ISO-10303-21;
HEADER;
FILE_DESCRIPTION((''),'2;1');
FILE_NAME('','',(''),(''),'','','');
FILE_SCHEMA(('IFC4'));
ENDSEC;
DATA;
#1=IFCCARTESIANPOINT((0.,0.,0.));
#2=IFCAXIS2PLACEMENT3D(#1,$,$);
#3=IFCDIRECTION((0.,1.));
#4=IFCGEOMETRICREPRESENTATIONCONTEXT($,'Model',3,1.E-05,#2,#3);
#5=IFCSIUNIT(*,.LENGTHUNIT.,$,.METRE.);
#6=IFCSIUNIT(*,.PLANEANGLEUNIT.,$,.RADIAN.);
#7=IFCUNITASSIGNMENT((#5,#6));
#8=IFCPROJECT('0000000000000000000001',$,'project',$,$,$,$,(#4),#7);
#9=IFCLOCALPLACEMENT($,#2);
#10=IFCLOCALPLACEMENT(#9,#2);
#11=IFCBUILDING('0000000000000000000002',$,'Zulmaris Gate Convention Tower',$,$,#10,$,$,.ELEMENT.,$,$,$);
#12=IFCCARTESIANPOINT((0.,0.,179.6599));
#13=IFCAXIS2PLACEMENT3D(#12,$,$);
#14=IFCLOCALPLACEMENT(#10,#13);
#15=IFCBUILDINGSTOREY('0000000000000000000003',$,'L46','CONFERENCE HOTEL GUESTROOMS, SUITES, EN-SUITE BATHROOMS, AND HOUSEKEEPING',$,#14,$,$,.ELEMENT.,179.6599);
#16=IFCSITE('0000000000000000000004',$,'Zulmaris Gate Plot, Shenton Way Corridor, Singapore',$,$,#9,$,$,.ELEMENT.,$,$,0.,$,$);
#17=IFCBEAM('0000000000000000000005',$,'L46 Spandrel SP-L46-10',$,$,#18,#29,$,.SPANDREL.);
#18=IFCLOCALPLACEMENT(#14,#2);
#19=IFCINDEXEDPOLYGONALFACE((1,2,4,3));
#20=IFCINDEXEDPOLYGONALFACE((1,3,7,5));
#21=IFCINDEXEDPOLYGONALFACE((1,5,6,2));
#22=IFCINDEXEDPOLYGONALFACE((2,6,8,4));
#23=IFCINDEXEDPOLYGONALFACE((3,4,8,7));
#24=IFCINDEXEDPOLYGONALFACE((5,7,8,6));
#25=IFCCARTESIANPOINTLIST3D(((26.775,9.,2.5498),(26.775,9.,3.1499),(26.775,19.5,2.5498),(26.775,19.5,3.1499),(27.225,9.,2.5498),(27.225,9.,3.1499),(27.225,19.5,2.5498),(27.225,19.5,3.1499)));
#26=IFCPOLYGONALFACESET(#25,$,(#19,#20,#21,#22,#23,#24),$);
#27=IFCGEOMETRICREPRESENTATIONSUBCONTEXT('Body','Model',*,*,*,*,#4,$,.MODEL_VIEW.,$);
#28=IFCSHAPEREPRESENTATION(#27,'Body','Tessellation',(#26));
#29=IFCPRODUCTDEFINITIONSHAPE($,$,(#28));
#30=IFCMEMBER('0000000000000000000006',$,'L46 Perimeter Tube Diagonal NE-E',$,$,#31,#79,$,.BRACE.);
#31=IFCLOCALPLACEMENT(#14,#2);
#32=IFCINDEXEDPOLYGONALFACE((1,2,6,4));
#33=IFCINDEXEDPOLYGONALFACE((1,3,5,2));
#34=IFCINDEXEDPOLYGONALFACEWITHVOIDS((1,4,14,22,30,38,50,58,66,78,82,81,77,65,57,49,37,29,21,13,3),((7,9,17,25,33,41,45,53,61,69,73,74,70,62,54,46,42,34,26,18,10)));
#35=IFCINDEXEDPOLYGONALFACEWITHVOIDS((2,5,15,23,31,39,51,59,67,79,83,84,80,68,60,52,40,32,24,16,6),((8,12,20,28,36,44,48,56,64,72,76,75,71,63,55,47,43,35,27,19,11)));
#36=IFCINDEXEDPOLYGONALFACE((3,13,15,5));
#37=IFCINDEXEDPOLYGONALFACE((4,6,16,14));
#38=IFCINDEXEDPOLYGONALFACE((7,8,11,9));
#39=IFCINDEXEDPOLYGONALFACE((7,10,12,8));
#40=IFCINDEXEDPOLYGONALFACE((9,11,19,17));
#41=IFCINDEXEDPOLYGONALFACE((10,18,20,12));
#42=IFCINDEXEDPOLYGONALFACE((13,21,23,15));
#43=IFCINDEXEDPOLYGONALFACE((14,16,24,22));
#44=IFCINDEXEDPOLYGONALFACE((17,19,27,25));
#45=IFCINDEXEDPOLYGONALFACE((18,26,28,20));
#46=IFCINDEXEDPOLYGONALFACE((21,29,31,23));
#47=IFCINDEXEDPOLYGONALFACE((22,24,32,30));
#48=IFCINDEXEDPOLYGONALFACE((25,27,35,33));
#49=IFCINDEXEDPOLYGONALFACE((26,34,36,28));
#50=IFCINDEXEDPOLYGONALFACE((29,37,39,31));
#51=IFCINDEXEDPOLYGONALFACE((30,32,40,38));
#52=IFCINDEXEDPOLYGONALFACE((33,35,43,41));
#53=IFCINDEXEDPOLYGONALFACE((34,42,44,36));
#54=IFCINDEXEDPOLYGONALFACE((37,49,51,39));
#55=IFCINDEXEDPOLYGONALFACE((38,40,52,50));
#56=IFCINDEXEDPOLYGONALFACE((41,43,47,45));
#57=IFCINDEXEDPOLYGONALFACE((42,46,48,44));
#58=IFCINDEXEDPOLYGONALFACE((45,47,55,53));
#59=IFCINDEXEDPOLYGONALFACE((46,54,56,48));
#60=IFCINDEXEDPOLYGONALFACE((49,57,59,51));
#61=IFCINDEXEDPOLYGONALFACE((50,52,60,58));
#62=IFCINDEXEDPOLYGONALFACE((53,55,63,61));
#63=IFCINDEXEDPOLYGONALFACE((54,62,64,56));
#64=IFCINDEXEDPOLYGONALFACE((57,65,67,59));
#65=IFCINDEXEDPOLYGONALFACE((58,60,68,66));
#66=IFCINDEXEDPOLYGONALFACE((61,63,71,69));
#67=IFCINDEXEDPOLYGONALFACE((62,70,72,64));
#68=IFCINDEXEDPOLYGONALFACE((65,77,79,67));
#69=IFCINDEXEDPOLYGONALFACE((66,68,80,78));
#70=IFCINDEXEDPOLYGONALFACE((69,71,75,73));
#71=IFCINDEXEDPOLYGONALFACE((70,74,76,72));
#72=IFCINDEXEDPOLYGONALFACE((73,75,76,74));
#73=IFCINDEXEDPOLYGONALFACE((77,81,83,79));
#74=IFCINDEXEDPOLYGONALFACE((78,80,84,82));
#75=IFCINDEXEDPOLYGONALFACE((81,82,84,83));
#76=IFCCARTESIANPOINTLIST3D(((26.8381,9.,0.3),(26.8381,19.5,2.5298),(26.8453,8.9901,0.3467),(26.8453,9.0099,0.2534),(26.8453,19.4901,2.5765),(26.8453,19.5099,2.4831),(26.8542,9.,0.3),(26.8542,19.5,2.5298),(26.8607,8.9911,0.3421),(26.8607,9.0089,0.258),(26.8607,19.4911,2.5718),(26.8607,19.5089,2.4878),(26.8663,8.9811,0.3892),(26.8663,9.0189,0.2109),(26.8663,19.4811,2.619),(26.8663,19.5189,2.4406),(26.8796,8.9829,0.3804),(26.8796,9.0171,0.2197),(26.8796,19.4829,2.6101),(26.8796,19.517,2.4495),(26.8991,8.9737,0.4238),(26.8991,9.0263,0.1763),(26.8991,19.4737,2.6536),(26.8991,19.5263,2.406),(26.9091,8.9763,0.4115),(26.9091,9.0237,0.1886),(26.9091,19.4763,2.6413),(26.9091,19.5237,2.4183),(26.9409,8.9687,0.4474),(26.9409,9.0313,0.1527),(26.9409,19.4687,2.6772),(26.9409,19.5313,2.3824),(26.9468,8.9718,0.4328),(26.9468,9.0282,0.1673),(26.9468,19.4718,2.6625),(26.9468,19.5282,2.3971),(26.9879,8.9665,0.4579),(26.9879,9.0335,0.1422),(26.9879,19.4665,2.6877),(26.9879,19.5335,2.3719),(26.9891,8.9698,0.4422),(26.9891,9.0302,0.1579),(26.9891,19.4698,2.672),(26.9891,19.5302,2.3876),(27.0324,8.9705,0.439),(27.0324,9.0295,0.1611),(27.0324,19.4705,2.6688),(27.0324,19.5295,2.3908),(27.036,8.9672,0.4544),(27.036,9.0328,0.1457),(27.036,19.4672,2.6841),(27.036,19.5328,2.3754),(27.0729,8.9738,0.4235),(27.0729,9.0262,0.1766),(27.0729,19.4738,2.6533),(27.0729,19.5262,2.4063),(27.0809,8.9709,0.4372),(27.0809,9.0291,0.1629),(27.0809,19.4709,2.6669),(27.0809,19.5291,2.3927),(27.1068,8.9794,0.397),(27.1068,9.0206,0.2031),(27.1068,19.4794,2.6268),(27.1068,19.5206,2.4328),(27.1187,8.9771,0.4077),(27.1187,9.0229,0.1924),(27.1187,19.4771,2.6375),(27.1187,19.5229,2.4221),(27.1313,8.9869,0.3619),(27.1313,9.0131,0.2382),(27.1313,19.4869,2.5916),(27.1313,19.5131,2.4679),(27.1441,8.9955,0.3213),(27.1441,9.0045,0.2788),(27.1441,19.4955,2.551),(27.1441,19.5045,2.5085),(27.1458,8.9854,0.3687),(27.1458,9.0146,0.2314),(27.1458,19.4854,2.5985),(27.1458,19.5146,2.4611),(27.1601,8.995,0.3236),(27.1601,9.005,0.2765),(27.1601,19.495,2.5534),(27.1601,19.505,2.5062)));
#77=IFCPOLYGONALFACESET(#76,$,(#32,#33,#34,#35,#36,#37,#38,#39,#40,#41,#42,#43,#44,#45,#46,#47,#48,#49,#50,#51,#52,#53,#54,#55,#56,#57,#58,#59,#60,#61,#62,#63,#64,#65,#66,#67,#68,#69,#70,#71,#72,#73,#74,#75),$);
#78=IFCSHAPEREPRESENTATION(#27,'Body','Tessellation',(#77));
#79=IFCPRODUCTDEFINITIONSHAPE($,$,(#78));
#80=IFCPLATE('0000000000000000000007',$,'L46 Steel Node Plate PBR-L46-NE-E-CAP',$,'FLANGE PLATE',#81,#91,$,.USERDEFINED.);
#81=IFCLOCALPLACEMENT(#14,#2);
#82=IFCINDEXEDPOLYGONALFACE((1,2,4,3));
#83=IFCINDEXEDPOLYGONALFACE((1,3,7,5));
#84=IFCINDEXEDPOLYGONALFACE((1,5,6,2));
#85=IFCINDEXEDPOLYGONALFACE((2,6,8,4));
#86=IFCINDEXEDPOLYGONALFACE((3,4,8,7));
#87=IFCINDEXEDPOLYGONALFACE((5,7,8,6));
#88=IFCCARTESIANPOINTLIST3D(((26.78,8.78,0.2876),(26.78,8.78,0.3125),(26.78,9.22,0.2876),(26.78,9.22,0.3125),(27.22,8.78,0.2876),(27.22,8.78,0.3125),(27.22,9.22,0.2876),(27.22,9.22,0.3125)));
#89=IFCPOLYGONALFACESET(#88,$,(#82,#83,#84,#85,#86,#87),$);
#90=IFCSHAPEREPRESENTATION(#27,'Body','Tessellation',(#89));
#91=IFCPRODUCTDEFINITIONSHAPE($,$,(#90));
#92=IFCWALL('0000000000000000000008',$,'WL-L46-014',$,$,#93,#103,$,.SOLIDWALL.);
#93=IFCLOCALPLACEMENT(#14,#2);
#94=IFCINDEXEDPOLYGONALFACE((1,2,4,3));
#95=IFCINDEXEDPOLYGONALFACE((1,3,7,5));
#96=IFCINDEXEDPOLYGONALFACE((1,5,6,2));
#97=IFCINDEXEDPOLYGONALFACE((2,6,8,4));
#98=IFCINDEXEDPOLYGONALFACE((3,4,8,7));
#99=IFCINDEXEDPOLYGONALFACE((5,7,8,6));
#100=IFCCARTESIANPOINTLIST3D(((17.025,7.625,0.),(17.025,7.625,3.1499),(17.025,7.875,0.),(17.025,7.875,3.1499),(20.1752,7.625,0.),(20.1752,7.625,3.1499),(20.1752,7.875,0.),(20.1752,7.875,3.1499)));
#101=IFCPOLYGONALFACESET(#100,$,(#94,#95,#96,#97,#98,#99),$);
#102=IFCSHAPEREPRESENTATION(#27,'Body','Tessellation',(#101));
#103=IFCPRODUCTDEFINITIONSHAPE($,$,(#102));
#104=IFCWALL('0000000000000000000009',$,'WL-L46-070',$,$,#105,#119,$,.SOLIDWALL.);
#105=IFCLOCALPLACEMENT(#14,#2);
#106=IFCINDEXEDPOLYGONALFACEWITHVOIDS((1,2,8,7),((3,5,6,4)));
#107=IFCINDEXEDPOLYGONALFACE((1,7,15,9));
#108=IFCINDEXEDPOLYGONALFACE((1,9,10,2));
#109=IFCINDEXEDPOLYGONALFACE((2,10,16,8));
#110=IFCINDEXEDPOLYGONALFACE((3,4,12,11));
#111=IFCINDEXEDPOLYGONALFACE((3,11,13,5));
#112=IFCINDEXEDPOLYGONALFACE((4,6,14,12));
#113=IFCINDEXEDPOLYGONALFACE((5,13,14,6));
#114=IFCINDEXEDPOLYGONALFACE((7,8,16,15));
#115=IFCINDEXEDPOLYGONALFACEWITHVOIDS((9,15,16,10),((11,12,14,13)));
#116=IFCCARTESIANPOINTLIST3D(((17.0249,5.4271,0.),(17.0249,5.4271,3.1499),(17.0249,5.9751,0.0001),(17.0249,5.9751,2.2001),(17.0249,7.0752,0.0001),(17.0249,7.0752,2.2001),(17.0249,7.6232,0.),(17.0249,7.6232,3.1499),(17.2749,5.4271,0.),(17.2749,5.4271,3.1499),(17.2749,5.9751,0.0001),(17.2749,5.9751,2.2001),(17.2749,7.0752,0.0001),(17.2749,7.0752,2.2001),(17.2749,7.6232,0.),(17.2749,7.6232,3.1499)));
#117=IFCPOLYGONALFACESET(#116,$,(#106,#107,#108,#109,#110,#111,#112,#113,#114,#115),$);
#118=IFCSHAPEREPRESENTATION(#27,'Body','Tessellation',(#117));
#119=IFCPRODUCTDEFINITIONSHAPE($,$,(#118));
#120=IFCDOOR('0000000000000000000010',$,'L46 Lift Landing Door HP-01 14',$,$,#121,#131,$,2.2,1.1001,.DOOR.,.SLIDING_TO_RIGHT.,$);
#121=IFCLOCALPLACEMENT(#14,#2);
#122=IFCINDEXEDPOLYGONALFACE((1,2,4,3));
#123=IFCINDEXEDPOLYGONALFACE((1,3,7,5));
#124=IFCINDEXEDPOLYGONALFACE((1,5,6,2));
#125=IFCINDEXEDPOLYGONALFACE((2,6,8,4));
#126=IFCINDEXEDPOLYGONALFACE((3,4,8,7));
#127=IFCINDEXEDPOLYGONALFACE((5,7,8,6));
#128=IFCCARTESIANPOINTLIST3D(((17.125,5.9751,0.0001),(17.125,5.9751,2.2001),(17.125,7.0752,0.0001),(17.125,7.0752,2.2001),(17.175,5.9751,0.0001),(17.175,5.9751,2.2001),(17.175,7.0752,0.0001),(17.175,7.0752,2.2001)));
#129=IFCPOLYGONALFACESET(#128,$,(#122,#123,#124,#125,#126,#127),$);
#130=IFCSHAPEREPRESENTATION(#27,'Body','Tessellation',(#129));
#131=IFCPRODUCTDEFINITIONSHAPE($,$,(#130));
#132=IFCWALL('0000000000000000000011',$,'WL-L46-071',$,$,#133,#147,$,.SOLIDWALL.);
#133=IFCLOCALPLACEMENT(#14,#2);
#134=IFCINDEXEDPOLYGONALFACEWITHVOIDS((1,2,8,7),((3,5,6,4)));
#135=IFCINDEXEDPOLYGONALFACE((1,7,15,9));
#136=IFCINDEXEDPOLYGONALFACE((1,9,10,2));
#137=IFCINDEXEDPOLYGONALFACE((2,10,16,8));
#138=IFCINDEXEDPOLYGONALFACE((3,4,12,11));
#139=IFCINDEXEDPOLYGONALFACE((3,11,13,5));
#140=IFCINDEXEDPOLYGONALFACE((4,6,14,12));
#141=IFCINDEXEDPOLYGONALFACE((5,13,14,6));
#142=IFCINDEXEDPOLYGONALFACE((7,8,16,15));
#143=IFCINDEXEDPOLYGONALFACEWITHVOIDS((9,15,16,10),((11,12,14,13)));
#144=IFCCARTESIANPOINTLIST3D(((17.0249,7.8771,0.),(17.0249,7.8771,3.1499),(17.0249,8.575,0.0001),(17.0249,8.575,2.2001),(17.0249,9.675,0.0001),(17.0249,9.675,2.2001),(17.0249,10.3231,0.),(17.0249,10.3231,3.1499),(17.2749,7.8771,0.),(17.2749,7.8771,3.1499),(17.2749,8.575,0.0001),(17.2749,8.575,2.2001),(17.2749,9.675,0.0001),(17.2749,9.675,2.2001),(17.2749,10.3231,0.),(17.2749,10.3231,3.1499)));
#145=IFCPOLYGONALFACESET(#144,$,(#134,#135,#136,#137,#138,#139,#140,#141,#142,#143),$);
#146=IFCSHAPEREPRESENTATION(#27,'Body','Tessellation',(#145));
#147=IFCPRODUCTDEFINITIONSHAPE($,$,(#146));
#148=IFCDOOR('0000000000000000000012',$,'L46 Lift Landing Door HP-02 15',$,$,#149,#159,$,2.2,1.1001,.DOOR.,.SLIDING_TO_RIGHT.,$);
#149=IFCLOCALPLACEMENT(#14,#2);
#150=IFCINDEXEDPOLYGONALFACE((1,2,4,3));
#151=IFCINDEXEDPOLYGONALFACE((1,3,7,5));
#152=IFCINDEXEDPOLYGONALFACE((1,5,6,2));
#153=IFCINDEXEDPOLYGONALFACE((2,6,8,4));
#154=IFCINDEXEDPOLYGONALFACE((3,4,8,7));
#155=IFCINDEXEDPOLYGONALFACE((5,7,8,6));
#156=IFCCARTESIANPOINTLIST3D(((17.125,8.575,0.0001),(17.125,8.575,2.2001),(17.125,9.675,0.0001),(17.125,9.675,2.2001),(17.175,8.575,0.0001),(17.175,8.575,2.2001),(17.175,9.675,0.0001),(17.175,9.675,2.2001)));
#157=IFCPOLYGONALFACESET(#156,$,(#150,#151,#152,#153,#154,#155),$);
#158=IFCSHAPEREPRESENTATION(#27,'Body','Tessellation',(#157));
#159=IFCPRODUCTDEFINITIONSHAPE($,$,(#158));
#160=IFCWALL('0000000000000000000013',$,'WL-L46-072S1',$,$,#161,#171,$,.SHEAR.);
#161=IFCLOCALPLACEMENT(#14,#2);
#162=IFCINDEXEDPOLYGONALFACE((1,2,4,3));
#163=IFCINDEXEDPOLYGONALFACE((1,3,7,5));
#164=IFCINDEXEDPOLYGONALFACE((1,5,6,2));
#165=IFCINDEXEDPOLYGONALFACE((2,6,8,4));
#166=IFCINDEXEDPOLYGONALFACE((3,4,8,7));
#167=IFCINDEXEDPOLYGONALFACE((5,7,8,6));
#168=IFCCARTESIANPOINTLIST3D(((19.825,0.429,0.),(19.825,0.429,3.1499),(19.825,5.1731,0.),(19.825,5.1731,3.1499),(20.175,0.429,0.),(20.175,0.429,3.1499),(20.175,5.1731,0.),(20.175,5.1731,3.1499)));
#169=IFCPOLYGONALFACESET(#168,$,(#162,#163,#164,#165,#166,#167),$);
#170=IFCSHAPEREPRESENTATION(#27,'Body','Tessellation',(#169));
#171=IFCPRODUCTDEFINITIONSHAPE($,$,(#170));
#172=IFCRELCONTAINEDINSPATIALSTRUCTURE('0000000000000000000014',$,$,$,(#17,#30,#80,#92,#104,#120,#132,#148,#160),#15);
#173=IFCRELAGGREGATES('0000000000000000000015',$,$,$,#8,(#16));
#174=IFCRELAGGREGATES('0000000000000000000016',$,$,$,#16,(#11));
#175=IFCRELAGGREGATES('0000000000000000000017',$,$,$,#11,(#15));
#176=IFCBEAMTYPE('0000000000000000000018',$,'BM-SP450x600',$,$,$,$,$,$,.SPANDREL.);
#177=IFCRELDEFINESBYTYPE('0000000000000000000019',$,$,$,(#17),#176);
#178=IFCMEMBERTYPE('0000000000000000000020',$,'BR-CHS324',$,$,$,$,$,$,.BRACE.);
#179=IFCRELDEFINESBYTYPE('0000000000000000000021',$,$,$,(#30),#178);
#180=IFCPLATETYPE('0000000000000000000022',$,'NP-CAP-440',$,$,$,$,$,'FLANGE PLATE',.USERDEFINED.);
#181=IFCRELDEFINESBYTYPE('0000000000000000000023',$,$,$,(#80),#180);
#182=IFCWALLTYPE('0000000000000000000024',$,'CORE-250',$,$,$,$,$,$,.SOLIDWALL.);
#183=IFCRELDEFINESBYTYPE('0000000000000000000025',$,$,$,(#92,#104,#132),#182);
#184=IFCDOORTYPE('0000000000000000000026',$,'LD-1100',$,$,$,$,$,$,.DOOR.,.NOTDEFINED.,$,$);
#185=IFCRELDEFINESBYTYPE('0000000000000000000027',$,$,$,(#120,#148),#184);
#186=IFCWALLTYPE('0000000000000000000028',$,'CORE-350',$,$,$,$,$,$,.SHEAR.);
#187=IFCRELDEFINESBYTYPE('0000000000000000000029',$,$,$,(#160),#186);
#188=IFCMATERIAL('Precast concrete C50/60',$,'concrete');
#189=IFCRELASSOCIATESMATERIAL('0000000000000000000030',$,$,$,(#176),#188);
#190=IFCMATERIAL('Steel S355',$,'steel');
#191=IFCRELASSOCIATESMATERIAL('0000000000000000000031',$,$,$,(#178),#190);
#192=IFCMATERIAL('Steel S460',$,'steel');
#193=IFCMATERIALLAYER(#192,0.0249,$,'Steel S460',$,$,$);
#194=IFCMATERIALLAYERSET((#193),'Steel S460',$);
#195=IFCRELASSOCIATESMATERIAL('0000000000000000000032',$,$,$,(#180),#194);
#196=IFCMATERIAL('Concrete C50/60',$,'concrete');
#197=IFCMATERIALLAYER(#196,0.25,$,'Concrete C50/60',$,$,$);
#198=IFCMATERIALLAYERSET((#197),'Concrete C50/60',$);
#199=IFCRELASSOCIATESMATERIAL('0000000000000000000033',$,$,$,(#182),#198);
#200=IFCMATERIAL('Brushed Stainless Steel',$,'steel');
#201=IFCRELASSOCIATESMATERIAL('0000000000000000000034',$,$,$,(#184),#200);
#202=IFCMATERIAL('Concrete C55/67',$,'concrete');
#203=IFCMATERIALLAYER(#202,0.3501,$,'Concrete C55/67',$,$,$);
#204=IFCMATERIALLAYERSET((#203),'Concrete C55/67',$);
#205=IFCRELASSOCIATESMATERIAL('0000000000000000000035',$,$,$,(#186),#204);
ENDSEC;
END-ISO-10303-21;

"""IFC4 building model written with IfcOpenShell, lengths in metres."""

from ifc_helpers import new_model, si_unit, direction, frame, frame_2d, origin, origin_2d, place, context, subcontext, project, spatial, rectangle, hollow_circle, extrude, material, layer, layer_set, material_profile, profile_set, type_object, element, fill, save


model = new_model("IFC4")

# Units and contexts
model_context = context("Model", 3, precision=1e-05, world=origin(), true_north=direction((0.0, 1.0)))
body_context = subcontext(model_context, "Body", "Model", "MODEL_VIEW")
ifc_project = project(units=[si_unit("LENGTHUNIT", "METRE"), si_unit("PLANEANGLEUNIT", "RADIAN")], contexts=[model_context])

# Site, building, storey
site_placement = place(None, origin())
site = spatial("IfcSite", under=ifc_project, at=site_placement, Name="Zulmaris Gate Plot, Shenton Way Corridor, Singapore", CompositionType="ELEMENT", RefElevation=0.0)
building_placement = place(site_placement, origin())
building = spatial("IfcBuilding", under=site, at=building_placement, Name="Zulmaris Gate Convention Tower", CompositionType="ELEMENT")
storey_placement = place(building_placement, frame((0.0, 0.0, 179.6599)))
storey = spatial("IfcBuildingStorey", under=building, at=storey_placement, Name="L46", Description="CONFERENCE HOTEL GUESTROOMS, SUITES, EN-SUITE BATHROOMS, AND HOUSEKEEPING", CompositionType="ELEMENT", Elevation=179.6599)

# Beam
ifc_material_1 = material(Name="Steel S355", Category="steel")
ifc_material_2 = material(Name="Concrete C50/60", Category="concrete")
ifc_material_3 = material(Name="Precast concrete C50/60", Category="concrete")
ifc_material_profile_1 = material_profile(ifc_material_3, rectangle(XDim=0.45, YDim=0.6001, at=origin_2d()), Name="RC SPANDREL 450x600")
ifc_profile_set_1 = profile_set([ifc_material_profile_1], Name="Precast concrete C50/60")
beam_type_1 = type_object("IfcBeamType", Name="BM-SP450x600", PredefinedType="SPANDREL", material=ifc_profile_set_1)
beam_1_placement = place(storey_placement, frame((27.0, 9.0, 2.8499), z_axis=(0.0, 1.0, 0.0), x_axis=(-1.0, 0.0, 0.0)))
element("IfcBeam", 1, at=beam_1_placement, inside=storey, type_object=beam_type_1, Name="L46 Spandrel SP-L46-10", PredefinedType="SPANDREL", context=body_context, shape_type="SweptSolid", body=[
    extrude(rectangle(XDim=0.45, YDim=0.6001, at=origin_2d()), origin(), (0.0, 0.0, 1.0), 10.5),
])

# Member
ifc_material_profile_2 = material_profile(ifc_material_1, hollow_circle(Radius=0.1619, WallThickness=0.0161, at=origin_2d()), Name="CHS 323.9x16")
ifc_profile_set_2 = profile_set([ifc_material_profile_2], Name="Steel S355")
member_type = type_object("IfcMemberType", Name="BR-CHS324", PredefinedType="BRACE", material=ifc_profile_set_2)
member_placement = place(storey_placement, frame((27.0, 9.0, 0.3), z_axis=(0.0, 0.978188, 0.207724), x_axis=(-1.0, 0.0, 0.0)))
element("IfcMember", 2, at=member_placement, inside=storey, type_object=member_type, Name="L46 Perimeter Tube Diagonal NE-E", PredefinedType="BRACE", context=body_context, shape_type="SweptSolid", body=[
    extrude(hollow_circle(Radius=0.1619, WallThickness=0.0161, at=origin_2d()), origin(), (0.0, 0.0, 1.0), 10.7341),
])

# Plate
ifc_material_4 = material(Name="Steel S460", Category="steel")
ifc_layer_1 = layer(ifc_material_4, 0.0249, Name="Steel S460")
ifc_layer_set_1 = layer_set([ifc_layer_1], Name="Steel S460")
plate_type = type_object("IfcPlateType", Name="NP-CAP-440", ElementType="FLANGE PLATE", PredefinedType="USERDEFINED", material=ifc_layer_set_1)
plate_placement = place(storey_placement, frame((27.0, 9.0, 0.2876), z_axis=(0.0, 0.0, 1.0), x_axis=(1.0, 0.0, 0.0)))
element("IfcPlate", 3, at=plate_placement, inside=storey, type_object=plate_type, Name="L46 Steel Node Plate PBR-L46-NE-E-CAP", ObjectType="FLANGE PLATE", PredefinedType="USERDEFINED", context=body_context, shape_type="SweptSolid", body=[
    extrude(rectangle(XDim=0.4399, YDim=0.4399, at=origin_2d()), origin(), (0.0, 0.0, 1.0), 0.0249),
])

# Wall
ifc_layer_2 = layer(ifc_material_2, 0.25, Name="Concrete C50/60")
ifc_layer_set_2 = layer_set([ifc_layer_2], Name="Concrete C50/60")
wall_type_1 = type_object("IfcWallType", Name="CORE-250", PredefinedType="SOLIDWALL", material=ifc_layer_set_2)
wall_1_placement = place(storey_placement, frame((17.0249, 7.75, 0.0), z_axis=(0.0, 0.0, 1.0), x_axis=(1.0, 0.0, 0.0)))
element("IfcWall", 4, at=wall_1_placement, inside=storey, type_object=wall_type_1, Name="WL-L46-014", PredefinedType="SOLIDWALL", context=body_context, shape_type="SweptSolid", body=[
    extrude(rectangle(XDim=3.1501, YDim=0.25, at=frame_2d((1.5752, 0.0))), origin(), (0.0, 0.0, 1.0), 3.1499),
])

# Walls, openings, doors
wall_2_placement = place(storey_placement, frame((17.1499, 5.427, 0.0), z_axis=(0.0, 0.0, 1.0), x_axis=(0.0, 1.0, 0.0)))
wall_2 = element("IfcWall", 5, at=wall_2_placement, inside=storey, type_object=wall_type_1, Name="WL-L46-070", PredefinedType="SOLIDWALL", context=body_context, shape_type="SweptSolid", body=[
    extrude(rectangle(XDim=2.196, YDim=0.25, at=frame_2d((1.0981, 0.0))), origin(), (0.0, 0.0, 1.0), 3.1499),
])
opening_1_placement = place(wall_2_placement, frame((0.5481, 0.0, 0.0)))
opening_1 = element("IfcOpeningElement", 6, at=opening_1_placement, cuts=wall_2, PredefinedType="OPENING", context=body_context, shape_type="SweptSolid", body=[
    extrude(rectangle(XDim=1.1001, YDim=2.2, at=frame_2d((0.55, 1.1001))), frame((0.0, 0.135, 0.0), z_axis=(0.0, -1.0, 0.0), x_axis=(1.0, 0.0, 0.0)), (0.0, 0.0, 1.0), 0.27),
])
ifc_material_5 = material(Name="Brushed Stainless Steel", Category="steel")
door_type = type_object("IfcDoorType", Name="LD-1100", OperationType="NOTDEFINED", PredefinedType="DOOR", material=ifc_material_5)
door_1_placement = place(opening_1_placement, origin())
door_1 = element("IfcDoor", 7, at=door_1_placement, inside=storey, type_object=door_type, Name="L46 Lift Landing Door HP-01 14", OperationType="SLIDING_TO_RIGHT", OverallHeight=2.2, OverallWidth=1.1001, PredefinedType="DOOR", context=body_context, shape_type="SweptSolid", body=[
    extrude(rectangle(XDim=1.1001, YDim=2.2, at=frame_2d((0.55, 1.1001))), frame((0.0, 0.0249, 0.0), z_axis=(0.0, -1.0, 0.0), x_axis=(1.0, 0.0, 0.0)), (0.0, 0.0, 1.0), 0.05),
])
fill(opening_1, door_1)
wall_3_placement = place(storey_placement, frame((17.1499, 7.877, 0.0), z_axis=(0.0, 0.0, 1.0), x_axis=(0.0, 1.0, 0.0)))
wall_3 = element("IfcWall", 8, at=wall_3_placement, inside=storey, type_object=wall_type_1, Name="WL-L46-071", PredefinedType="SOLIDWALL", context=body_context, shape_type="SweptSolid", body=[
    extrude(rectangle(XDim=2.446, YDim=0.25, at=frame_2d((1.2231, 0.0))), origin(), (0.0, 0.0, 1.0), 3.1499),
])
opening_2_placement = place(wall_3_placement, frame((0.698, 0.0, 0.0)))
opening_2 = element("IfcOpeningElement", 9, at=opening_2_placement, cuts=wall_3, PredefinedType="OPENING", context=body_context, shape_type="SweptSolid", body=[
    extrude(rectangle(XDim=1.1001, YDim=2.2, at=frame_2d((0.55, 1.1001))), frame((0.0, 0.135, 0.0), z_axis=(0.0, -1.0, 0.0), x_axis=(1.0, 0.0, 0.0)), (0.0, 0.0, 1.0), 0.27),
])
door_2_placement = place(opening_2_placement, origin())
door_2 = element("IfcDoor", 10, at=door_2_placement, inside=storey, type_object=door_type, Name="L46 Lift Landing Door HP-02 15", OperationType="SLIDING_TO_RIGHT", OverallHeight=2.2, OverallWidth=1.1001, PredefinedType="DOOR", context=body_context, shape_type="SweptSolid", body=[
    extrude(rectangle(XDim=1.1001, YDim=2.2, at=frame_2d((0.55, 1.1001))), frame((0.0, 0.0249, 0.0), z_axis=(0.0, -1.0, 0.0), x_axis=(1.0, 0.0, 0.0)), (0.0, 0.0, 1.0), 0.05),
])
fill(opening_2, door_2)

# Wall
ifc_material_6 = material(Name="Concrete C55/67", Category="concrete")
ifc_layer_3 = layer(ifc_material_6, 0.3501, Name="Concrete C55/67")
ifc_layer_set_3 = layer_set([ifc_layer_3], Name="Concrete C55/67")
wall_type_2 = type_object("IfcWallType", Name="CORE-350", PredefinedType="SHEAR", material=ifc_layer_set_3)
wall_4_placement = place(storey_placement, frame((20.0, 0.429, 0.0), z_axis=(0.0, 0.0, 1.0), x_axis=(0.0, 1.0, 0.0)))
element("IfcWall", 11, at=wall_4_placement, inside=storey, type_object=wall_type_2, Name="WL-L46-072S1", PredefinedType="SHEAR", context=body_context, shape_type="SweptSolid", body=[
    extrude(rectangle(XDim=4.7441, YDim=0.3501, at=frame_2d((2.3721, 0.0))), origin(), (0.0, 0.0, 1.0), 3.1499),
])

save(model, "model.ifc")
